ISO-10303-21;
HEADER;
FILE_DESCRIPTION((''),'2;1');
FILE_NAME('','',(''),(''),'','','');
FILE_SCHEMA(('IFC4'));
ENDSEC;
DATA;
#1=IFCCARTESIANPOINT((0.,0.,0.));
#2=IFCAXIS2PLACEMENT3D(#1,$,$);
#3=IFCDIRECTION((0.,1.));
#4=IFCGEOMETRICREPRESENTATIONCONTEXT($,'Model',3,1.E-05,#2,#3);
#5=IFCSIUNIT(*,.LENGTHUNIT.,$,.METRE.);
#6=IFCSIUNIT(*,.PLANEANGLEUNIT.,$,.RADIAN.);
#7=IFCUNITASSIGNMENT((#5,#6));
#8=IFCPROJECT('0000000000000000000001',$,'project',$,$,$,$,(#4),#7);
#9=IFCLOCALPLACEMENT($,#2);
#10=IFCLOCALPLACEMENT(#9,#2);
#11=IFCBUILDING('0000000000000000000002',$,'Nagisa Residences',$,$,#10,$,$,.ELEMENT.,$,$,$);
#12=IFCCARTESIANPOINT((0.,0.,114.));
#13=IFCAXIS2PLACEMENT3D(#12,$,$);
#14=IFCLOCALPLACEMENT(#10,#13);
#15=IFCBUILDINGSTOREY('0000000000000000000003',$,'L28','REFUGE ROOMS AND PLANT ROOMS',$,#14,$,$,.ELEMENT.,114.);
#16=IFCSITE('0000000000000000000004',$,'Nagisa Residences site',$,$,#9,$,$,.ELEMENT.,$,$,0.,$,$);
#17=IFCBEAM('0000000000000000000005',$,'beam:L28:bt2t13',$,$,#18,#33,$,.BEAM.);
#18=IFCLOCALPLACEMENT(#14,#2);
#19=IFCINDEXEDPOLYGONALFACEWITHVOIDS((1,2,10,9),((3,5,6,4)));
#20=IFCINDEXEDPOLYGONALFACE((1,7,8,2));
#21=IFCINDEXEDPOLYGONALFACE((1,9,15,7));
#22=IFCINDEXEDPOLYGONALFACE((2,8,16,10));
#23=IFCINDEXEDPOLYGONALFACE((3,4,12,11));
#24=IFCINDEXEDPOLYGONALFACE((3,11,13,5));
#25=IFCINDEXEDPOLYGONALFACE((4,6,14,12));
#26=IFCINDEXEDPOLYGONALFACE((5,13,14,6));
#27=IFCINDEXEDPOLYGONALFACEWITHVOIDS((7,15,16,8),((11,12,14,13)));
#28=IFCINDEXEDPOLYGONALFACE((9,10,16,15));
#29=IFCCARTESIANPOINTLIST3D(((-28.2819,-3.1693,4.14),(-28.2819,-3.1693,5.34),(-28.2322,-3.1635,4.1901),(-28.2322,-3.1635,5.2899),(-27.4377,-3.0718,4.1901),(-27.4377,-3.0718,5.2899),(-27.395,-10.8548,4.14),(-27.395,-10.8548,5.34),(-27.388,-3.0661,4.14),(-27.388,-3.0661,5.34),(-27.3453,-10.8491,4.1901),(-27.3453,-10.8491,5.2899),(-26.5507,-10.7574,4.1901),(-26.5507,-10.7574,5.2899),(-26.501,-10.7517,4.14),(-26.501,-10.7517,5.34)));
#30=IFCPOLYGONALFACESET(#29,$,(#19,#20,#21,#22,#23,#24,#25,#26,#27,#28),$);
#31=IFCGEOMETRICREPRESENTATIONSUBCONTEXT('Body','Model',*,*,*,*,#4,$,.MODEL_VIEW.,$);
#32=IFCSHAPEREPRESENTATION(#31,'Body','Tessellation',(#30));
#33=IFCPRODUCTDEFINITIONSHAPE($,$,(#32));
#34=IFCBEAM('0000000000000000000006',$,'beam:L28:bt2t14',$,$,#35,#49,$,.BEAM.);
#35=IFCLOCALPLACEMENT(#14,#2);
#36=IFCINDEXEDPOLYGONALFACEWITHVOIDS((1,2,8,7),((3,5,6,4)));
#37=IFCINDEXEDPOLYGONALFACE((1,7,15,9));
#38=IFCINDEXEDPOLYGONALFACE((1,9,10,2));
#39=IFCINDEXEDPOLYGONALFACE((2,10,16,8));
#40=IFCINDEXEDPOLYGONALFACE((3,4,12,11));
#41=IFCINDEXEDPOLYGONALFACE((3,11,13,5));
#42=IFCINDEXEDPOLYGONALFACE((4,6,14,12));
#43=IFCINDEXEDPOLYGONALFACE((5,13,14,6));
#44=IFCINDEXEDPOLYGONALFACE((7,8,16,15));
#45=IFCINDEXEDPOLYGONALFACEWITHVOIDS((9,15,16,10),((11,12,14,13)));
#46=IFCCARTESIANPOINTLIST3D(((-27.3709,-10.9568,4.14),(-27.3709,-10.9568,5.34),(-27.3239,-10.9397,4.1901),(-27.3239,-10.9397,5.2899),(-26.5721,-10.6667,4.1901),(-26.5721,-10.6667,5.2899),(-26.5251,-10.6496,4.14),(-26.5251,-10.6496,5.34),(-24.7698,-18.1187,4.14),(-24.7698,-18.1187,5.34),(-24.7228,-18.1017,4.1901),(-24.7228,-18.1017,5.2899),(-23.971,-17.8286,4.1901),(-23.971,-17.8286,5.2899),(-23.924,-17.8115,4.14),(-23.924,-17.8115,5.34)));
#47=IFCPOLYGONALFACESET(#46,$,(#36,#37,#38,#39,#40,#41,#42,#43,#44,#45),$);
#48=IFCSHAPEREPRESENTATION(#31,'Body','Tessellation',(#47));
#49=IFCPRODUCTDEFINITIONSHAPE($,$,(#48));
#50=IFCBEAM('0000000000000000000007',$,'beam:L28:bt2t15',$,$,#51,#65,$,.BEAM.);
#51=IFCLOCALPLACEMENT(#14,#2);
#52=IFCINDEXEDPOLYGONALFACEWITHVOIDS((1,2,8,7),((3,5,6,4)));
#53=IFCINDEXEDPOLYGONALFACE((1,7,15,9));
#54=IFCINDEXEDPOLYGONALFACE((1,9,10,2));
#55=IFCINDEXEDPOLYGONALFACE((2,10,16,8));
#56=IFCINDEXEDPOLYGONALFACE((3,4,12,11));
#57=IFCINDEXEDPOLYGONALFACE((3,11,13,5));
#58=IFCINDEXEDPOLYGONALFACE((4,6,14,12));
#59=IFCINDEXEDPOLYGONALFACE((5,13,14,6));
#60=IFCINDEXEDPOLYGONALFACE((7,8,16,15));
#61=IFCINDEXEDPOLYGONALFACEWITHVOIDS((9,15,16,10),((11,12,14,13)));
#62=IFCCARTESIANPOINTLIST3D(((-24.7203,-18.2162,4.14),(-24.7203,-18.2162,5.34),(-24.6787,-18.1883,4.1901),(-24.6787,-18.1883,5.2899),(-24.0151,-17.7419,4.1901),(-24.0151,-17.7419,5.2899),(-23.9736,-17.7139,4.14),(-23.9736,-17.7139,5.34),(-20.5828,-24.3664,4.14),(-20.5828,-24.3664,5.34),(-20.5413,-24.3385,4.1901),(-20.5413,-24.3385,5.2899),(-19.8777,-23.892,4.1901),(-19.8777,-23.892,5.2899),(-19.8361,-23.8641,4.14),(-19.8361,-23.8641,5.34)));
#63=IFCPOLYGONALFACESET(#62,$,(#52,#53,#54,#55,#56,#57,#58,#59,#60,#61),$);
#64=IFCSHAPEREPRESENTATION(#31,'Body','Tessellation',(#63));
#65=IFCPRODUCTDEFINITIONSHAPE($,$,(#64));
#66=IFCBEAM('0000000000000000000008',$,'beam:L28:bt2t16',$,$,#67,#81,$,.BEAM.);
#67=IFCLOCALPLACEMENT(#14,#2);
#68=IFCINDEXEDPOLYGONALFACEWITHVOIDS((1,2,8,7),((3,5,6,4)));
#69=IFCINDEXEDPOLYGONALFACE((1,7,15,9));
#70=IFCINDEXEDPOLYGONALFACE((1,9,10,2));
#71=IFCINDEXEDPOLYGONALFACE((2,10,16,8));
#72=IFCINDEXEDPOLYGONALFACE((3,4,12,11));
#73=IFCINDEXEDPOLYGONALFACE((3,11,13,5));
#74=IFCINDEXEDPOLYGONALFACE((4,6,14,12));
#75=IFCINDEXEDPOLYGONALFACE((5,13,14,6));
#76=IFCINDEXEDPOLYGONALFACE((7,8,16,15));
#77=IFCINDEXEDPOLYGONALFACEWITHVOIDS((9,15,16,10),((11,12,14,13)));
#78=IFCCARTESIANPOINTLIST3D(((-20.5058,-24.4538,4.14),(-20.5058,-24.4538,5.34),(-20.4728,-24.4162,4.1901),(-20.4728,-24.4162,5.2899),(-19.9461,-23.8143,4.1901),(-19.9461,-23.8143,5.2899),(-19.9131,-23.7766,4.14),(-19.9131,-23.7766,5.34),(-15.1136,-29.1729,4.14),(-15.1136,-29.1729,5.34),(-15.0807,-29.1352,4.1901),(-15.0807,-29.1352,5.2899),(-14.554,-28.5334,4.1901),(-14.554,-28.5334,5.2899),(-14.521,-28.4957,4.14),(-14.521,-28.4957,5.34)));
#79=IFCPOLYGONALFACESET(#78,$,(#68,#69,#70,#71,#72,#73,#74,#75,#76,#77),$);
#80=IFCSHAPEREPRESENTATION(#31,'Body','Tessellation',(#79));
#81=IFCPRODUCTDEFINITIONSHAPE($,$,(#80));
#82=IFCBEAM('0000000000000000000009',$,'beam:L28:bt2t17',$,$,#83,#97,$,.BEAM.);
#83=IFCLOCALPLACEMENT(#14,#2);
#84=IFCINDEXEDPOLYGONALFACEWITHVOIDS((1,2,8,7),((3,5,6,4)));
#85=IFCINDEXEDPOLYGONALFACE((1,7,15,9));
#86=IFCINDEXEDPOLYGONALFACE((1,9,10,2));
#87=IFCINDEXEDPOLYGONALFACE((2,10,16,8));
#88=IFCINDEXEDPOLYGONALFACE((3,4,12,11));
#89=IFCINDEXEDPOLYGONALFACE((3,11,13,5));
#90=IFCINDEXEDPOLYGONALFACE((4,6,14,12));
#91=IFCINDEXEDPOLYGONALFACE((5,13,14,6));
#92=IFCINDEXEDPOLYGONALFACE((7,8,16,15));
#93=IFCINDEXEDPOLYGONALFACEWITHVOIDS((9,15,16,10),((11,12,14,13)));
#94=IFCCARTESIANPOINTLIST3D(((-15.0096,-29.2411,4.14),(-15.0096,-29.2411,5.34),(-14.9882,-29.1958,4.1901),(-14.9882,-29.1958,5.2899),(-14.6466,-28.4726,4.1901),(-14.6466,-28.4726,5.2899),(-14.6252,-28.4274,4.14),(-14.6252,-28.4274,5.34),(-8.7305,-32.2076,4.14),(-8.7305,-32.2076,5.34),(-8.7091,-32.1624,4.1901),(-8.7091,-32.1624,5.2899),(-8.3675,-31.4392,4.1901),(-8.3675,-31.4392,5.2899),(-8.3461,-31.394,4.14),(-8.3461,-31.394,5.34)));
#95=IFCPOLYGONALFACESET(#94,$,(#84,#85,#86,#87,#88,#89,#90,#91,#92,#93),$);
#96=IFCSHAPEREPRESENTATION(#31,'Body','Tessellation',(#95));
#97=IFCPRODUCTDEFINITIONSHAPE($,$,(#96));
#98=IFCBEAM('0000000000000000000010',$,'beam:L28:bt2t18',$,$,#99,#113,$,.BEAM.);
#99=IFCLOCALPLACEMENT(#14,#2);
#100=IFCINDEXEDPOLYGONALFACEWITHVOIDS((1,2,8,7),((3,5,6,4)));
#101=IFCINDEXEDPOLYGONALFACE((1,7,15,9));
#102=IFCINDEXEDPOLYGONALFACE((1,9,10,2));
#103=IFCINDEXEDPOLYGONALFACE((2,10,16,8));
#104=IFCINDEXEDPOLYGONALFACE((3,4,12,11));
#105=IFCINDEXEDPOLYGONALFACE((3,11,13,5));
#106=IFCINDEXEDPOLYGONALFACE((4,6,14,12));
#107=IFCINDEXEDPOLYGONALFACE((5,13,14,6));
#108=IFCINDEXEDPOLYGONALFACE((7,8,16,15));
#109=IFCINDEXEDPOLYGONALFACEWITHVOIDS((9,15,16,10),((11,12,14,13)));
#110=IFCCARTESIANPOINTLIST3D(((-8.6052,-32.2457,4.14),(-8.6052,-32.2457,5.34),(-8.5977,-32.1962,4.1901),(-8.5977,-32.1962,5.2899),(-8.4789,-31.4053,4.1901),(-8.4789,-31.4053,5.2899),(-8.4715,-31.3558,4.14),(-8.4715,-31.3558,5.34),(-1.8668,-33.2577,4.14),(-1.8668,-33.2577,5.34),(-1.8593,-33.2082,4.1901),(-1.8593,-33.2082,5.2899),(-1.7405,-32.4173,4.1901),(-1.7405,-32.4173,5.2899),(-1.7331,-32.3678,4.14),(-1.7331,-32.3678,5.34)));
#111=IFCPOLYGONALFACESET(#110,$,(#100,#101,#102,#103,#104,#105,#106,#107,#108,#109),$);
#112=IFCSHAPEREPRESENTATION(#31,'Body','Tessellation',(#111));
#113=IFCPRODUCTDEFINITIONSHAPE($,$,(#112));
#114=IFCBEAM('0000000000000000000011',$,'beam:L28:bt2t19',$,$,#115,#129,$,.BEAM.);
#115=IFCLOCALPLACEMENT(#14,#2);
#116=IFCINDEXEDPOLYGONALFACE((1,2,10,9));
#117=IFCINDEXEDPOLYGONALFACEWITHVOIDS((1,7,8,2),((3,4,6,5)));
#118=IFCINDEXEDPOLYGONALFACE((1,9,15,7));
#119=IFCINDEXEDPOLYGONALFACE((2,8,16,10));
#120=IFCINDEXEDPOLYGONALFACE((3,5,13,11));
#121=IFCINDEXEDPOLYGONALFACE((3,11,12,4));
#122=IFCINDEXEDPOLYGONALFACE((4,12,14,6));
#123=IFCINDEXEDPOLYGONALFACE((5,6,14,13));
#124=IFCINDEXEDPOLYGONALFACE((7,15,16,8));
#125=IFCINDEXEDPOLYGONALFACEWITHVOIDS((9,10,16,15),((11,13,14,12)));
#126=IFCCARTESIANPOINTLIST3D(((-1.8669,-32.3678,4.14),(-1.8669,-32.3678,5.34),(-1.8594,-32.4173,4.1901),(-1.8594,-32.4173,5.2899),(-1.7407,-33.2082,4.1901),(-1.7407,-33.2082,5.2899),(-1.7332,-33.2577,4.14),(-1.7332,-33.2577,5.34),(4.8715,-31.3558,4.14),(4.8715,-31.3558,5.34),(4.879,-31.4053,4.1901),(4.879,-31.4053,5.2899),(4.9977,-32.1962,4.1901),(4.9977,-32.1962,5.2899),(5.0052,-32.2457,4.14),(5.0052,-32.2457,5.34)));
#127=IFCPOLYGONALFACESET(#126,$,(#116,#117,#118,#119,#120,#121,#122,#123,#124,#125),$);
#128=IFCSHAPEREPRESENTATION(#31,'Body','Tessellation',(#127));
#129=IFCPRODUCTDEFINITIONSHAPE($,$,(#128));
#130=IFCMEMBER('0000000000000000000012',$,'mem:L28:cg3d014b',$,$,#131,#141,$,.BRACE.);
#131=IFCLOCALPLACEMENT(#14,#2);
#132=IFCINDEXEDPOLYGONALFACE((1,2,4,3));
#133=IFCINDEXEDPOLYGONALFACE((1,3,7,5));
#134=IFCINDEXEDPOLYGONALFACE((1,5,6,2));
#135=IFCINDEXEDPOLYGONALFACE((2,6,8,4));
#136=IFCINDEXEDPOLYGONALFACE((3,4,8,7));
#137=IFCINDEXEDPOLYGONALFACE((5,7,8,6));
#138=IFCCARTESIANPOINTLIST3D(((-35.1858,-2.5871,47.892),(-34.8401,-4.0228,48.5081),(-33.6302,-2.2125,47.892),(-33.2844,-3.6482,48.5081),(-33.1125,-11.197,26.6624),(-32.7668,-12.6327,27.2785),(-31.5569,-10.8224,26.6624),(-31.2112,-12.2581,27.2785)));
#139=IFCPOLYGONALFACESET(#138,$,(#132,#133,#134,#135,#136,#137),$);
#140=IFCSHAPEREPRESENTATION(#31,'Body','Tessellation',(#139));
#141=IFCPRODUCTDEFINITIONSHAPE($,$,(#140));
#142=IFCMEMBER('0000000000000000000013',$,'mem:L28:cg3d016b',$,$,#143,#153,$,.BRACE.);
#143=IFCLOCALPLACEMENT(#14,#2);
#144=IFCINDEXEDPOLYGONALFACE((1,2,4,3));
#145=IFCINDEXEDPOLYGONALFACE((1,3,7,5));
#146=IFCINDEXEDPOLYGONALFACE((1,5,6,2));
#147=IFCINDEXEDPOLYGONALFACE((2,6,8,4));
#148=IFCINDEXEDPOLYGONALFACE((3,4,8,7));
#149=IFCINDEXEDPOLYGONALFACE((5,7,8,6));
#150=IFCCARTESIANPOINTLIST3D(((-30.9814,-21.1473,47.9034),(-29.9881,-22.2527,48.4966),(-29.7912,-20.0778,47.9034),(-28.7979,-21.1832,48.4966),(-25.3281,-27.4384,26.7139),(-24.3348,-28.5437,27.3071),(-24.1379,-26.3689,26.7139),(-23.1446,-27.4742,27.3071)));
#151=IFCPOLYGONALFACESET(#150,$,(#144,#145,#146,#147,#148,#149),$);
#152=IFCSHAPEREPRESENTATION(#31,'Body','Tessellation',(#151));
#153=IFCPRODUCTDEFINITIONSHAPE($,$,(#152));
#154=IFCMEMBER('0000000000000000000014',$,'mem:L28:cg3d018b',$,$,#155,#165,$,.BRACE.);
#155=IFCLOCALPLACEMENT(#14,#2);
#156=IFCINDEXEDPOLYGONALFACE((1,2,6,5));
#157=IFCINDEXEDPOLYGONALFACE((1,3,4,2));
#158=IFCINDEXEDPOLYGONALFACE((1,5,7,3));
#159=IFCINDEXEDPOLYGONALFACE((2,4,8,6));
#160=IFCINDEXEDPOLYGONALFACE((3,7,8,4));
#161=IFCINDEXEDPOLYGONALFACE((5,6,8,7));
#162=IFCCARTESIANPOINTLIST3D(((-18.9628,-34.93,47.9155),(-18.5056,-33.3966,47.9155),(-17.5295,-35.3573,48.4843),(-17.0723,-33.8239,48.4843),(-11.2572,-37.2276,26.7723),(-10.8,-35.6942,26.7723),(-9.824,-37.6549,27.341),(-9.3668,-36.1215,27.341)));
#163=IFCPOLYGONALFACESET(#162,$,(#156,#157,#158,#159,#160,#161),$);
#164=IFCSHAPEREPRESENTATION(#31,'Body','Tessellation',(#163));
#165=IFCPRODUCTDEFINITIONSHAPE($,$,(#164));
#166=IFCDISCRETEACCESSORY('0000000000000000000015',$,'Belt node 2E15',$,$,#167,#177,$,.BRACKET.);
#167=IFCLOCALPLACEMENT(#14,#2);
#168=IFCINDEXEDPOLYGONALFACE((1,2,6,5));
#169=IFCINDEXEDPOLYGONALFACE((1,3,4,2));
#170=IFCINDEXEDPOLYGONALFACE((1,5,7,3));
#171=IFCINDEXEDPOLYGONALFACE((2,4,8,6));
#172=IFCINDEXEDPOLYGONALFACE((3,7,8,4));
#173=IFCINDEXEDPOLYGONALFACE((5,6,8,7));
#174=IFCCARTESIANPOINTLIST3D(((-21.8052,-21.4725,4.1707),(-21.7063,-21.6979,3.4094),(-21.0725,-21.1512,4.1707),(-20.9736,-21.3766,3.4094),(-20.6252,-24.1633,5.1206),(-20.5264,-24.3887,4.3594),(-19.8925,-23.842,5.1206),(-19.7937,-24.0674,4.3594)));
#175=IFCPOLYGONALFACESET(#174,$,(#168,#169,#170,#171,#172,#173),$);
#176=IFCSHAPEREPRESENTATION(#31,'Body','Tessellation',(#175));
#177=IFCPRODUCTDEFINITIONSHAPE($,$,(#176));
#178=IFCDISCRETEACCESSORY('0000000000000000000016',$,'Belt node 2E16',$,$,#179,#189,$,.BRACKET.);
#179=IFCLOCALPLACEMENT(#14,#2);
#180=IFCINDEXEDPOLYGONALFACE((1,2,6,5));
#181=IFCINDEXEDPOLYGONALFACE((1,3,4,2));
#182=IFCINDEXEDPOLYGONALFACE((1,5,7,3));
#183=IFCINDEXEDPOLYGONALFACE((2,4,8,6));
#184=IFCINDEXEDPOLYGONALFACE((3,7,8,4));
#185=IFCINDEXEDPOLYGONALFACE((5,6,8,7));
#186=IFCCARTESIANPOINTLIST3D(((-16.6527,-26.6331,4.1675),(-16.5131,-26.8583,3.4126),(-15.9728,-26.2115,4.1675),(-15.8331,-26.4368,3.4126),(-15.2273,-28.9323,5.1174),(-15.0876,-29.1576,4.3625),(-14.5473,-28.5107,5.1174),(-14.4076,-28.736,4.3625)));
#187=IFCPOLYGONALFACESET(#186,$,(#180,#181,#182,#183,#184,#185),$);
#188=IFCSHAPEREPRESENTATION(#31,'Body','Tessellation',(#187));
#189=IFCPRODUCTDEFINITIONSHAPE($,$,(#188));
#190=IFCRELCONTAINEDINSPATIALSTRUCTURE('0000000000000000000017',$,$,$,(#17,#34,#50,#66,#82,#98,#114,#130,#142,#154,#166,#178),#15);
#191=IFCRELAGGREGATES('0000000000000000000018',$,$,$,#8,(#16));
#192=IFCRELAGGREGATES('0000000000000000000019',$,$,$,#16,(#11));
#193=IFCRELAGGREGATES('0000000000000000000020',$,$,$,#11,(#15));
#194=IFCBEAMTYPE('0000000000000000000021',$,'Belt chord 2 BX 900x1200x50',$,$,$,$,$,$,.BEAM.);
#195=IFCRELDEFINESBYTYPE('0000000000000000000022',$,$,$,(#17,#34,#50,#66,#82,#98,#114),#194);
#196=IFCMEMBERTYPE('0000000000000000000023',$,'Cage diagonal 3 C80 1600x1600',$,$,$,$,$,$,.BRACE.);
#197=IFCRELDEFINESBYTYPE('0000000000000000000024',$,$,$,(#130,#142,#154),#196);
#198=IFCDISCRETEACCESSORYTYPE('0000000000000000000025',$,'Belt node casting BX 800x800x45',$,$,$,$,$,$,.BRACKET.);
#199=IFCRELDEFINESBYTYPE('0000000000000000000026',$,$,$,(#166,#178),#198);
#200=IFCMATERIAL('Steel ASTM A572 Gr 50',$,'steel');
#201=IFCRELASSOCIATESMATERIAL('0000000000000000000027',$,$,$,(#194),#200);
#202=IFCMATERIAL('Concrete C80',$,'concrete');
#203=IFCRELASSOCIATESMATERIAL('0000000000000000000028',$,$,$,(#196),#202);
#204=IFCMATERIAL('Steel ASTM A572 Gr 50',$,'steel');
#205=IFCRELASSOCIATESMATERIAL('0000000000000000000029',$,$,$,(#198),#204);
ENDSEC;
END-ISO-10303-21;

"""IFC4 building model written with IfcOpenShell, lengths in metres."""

from ifc_helpers import new_model, si_unit, direction, frame, origin, origin_2d, place, context, subcontext, project, spatial, rectangle, hollow_rectangle, extrude, material, material_profile, profile_set, type_object, element, save


model = new_model("IFC4")

# Units and contexts
model_context = context("Model", 3, precision=1e-05, world=origin(), true_north=direction((0.0, 1.0)))
body_context = subcontext(model_context, "Body", "Model", "MODEL_VIEW")
ifc_project = project(units=[si_unit("LENGTHUNIT", "METRE"), si_unit("PLANEANGLEUNIT", "RADIAN")], contexts=[model_context])

# Site, building, storey
site_placement = place(None, origin())
site = spatial("IfcSite", under=ifc_project, at=site_placement, Name="Nagisa Residences site", CompositionType="ELEMENT", RefElevation=0.0)
building_placement = place(site_placement, origin())
building = spatial("IfcBuilding", under=site, at=building_placement, Name="Nagisa Residences", CompositionType="ELEMENT")
storey_placement = place(building_placement, frame((0.0, 0.0, 114.0)))
storey = spatial("IfcBuildingStorey", under=building, at=storey_placement, Name="L28", Description="REFUGE ROOMS AND PLANT ROOMS", CompositionType="ELEMENT", Elevation=114.0)

# Beams
ifc_material_1 = material(Name="Steel ASTM A572 Gr 50", Category="steel")
ifc_material_profile_1 = material_profile(ifc_material_1, hollow_rectangle(XDim=0.8999, YDim=1.2, WallThickness=0.05, at=origin_2d()), Name="BX 900x1200x50")
ifc_profile_set_1 = profile_set([ifc_material_profile_1], Name="Steel ASTM A572 Gr 50")
beam_type = type_object("IfcBeamType", Name="Belt chord 2 BX 900x1200x50", PredefinedType="BEAM", material=ifc_profile_set_1)
beam_1_placement = place(storey_placement, frame((-27.835, -3.1177, 4.74), z_axis=(0.114646, -0.993406, 0.0), x_axis=(0.993406, 0.114646, 0.0)))
element("IfcBeam", 1, at=beam_1_placement, inside=storey, type_object=beam_type, Name="beam:L28:bt2t13", PredefinedType="BEAM", context=body_context, shape_type="SweptSolid", body=[
    extrude(hollow_rectangle(XDim=0.8999, YDim=1.2, WallThickness=0.05, at=origin_2d()), origin(), (0.0, 0.0, 1.0), 7.7366),
])
beam_2_placement = place(storey_placement, frame((-26.948, -10.8032, 4.74), z_axis=(0.341367, -0.93993, 0.0), x_axis=(0.93993, 0.341367, 0.0)))
element("IfcBeam", 2, at=beam_2_placement, inside=storey, type_object=beam_type, Name="beam:L28:bt2t14", PredefinedType="BEAM", context=body_context, shape_type="SweptSolid", body=[
    extrude(hollow_rectangle(XDim=0.8999, YDim=1.2, WallThickness=0.05, at=origin_2d()), origin(), (0.0, 0.0, 1.0), 7.6196),
])
beam_3_placement = place(storey_placement, frame((-24.3469, -17.9651, 4.74), z_axis=(0.558184, -0.829717, 0.0), x_axis=(0.829717, 0.558184, 0.0)))
element("IfcBeam", 3, at=beam_3_placement, inside=storey, type_object=beam_type, Name="beam:L28:bt2t15", PredefinedType="BEAM", context=body_context, shape_type="SweptSolid", body=[
    extrude(hollow_rectangle(XDim=0.8999, YDim=1.2, WallThickness=0.05, at=origin_2d()), origin(), (0.0, 0.0, 1.0), 7.4124),
])
beam_4_placement = place(storey_placement, frame((-20.2095, -24.1152, 4.74), z_axis=(0.752513, -0.658577, 0.0), x_axis=(0.658577, 0.752513, 0.0)))
element("IfcBeam", 4, at=beam_4_placement, inside=storey, type_object=beam_type, Name="beam:L28:bt2t16", PredefinedType="BEAM", context=body_context, shape_type="SweptSolid", body=[
    extrude(hollow_rectangle(XDim=0.8999, YDim=1.2, WallThickness=0.05, at=origin_2d()), origin(), (0.0, 0.0, 1.0), 7.1655),
])
beam_5_placement = place(storey_placement, frame((-14.8174, -28.8342, 4.74), z_axis=(0.904168, -0.427176, 0.0), x_axis=(0.427176, 0.904168, 0.0)))
element("IfcBeam", 5, at=beam_5_placement, inside=storey, type_object=beam_type, Name="beam:L28:bt2t17", PredefinedType="BEAM", context=body_context, shape_type="SweptSolid", body=[
    extrude(hollow_rectangle(XDim=0.8999, YDim=1.2, WallThickness=0.05, at=origin_2d()), origin(), (0.0, 0.0, 1.0), 6.9446),
])
for number, where, z_axis, x_axis, name in (
    (6, (-8.5383, -31.8008, 4.74), (0.98891, -0.148516, 0.0), (0.148516, 0.98891, 0.0), "beam:L28:bt2t18"),
    (7, (-1.8, -32.8127, 4.74), (0.98891, 0.148516, 0.0), (-0.148516, 0.98891, 0.0), "beam:L28:bt2t19"),
):
    element("IfcBeam", number, at=place(storey_placement, frame(where, z_axis=z_axis, x_axis=x_axis)), inside=storey, type_object=beam_type, Name=name, PredefinedType="BEAM", context=body_context, shape_type="SweptSolid", body=[
        extrude(hollow_rectangle(XDim=0.8999, YDim=1.2, WallThickness=0.05, at=origin_2d()), origin(), (0.0, 0.0, 1.0), 6.814),
    ])

# Members
ifc_material_2 = material(Name="Concrete C80", Category="concrete")
ifc_material_profile_2 = material_profile(ifc_material_2, rectangle(XDim=1.6001, YDim=1.6001, at=origin_2d()), Name="C80 1600x1600")
ifc_profile_set_2 = profile_set([ifc_material_profile_2], Name="Concrete C80")
member_type = type_object("IfcMemberType", Name="Cage diagonal 3 C80 1600x1600", PredefinedType="BRACE", material=ifc_profile_set_2)
member_1_placement = place(storey_placement, frame((-32.1619, -11.7275, 26.9705), z_axis=(-0.090131, 0.3743, 0.922917), x_axis=(-0.972211, -0.234107, 0.0)))
element("IfcMember", 8, at=member_1_placement, inside=storey, type_object=member_type, Name="mem:L28:cg3d014b", PredefinedType="BRACE", context=body_context, shape_type="SweptSolid", body=[
    extrude(rectangle(XDim=1.6001, YDim=1.6001, at=origin_2d()), origin(), (0.0, 0.0, 1.0), 23.0027),
])
member_2_placement = place(storey_placement, frame((-24.2363, -27.4563, 27.0105), z_axis=(-0.247788, 0.275739, 0.928746), x_axis=(-0.743799, -0.668403, 0.0)))
element("IfcMember", 9, at=member_2_placement, inside=storey, type_object=member_type, Name="mem:L28:cg3d016b", PredefinedType="BRACE", context=body_context, shape_type="SweptSolid", body=[
    extrude(rectangle(XDim=1.6001, YDim=1.6001, at=origin_2d()), origin(), (0.0, 0.0, 1.0), 22.8152),
])
member_3_placement = place(storey_placement, frame((-10.312, -36.6746, 27.0566), z_axis=(-0.340643, 0.101571, 0.93469), x_axis=(-0.285743, -0.958306, 0.0)))
element("IfcMember", 10, at=member_3_placement, inside=storey, type_object=member_type, Name="mem:L28:cg3d018b", PredefinedType="BRACE", context=body_context, shape_type="SweptSolid", body=[
    extrude(rectangle(XDim=1.6001, YDim=1.6001, at=origin_2d()), origin(), (0.0, 0.0, 1.0), 22.6206),
])

# Discrete accessories
ifc_material_3 = material(Name="Steel ASTM A572 Gr 50", Category="steel")
discrete_accessory_type_1 = type_object("IfcDiscreteAccessoryType", Name="Belt node casting BX 800x800x45", PredefinedType="BRACKET", material=ifc_material_3)
discrete_accessory_1_placement = place(storey_placement, frame((-21.3894, -21.4246, 3.79), z_axis=(0.38213, -0.871395, 0.307649), x_axis=(0.915812, 0.401608, 0.0)))
element("IfcDiscreteAccessory", 11, at=discrete_accessory_1_placement, inside=storey, type_object=discrete_accessory_type_1, Name="Belt node 2E15", PredefinedType="BRACKET", context=body_context, shape_type="SweptSolid", body=[
    extrude(rectangle(XDim=0.8, YDim=0.8, at=origin_2d()), origin(), (0.0, 0.0, 1.0), 3.0879),
])
discrete_accessory_2_placement = place(storey_placement, frame((-16.2429, -26.5349, 3.79), z_axis=(0.49717, -0.801909, 0.331305), x_axis=(0.849909, 0.526929, 0.0)))
element("IfcDiscreteAccessory", 12, at=discrete_accessory_2_placement, inside=storey, type_object=discrete_accessory_type_1, Name="Belt node 2E16", PredefinedType="BRACKET", context=body_context, shape_type="SweptSolid", body=[
    extrude(rectangle(XDim=0.8, YDim=0.8, at=origin_2d()), origin(), (0.0, 0.0, 1.0), 2.8672),
])

save(model, "model.ifc")
